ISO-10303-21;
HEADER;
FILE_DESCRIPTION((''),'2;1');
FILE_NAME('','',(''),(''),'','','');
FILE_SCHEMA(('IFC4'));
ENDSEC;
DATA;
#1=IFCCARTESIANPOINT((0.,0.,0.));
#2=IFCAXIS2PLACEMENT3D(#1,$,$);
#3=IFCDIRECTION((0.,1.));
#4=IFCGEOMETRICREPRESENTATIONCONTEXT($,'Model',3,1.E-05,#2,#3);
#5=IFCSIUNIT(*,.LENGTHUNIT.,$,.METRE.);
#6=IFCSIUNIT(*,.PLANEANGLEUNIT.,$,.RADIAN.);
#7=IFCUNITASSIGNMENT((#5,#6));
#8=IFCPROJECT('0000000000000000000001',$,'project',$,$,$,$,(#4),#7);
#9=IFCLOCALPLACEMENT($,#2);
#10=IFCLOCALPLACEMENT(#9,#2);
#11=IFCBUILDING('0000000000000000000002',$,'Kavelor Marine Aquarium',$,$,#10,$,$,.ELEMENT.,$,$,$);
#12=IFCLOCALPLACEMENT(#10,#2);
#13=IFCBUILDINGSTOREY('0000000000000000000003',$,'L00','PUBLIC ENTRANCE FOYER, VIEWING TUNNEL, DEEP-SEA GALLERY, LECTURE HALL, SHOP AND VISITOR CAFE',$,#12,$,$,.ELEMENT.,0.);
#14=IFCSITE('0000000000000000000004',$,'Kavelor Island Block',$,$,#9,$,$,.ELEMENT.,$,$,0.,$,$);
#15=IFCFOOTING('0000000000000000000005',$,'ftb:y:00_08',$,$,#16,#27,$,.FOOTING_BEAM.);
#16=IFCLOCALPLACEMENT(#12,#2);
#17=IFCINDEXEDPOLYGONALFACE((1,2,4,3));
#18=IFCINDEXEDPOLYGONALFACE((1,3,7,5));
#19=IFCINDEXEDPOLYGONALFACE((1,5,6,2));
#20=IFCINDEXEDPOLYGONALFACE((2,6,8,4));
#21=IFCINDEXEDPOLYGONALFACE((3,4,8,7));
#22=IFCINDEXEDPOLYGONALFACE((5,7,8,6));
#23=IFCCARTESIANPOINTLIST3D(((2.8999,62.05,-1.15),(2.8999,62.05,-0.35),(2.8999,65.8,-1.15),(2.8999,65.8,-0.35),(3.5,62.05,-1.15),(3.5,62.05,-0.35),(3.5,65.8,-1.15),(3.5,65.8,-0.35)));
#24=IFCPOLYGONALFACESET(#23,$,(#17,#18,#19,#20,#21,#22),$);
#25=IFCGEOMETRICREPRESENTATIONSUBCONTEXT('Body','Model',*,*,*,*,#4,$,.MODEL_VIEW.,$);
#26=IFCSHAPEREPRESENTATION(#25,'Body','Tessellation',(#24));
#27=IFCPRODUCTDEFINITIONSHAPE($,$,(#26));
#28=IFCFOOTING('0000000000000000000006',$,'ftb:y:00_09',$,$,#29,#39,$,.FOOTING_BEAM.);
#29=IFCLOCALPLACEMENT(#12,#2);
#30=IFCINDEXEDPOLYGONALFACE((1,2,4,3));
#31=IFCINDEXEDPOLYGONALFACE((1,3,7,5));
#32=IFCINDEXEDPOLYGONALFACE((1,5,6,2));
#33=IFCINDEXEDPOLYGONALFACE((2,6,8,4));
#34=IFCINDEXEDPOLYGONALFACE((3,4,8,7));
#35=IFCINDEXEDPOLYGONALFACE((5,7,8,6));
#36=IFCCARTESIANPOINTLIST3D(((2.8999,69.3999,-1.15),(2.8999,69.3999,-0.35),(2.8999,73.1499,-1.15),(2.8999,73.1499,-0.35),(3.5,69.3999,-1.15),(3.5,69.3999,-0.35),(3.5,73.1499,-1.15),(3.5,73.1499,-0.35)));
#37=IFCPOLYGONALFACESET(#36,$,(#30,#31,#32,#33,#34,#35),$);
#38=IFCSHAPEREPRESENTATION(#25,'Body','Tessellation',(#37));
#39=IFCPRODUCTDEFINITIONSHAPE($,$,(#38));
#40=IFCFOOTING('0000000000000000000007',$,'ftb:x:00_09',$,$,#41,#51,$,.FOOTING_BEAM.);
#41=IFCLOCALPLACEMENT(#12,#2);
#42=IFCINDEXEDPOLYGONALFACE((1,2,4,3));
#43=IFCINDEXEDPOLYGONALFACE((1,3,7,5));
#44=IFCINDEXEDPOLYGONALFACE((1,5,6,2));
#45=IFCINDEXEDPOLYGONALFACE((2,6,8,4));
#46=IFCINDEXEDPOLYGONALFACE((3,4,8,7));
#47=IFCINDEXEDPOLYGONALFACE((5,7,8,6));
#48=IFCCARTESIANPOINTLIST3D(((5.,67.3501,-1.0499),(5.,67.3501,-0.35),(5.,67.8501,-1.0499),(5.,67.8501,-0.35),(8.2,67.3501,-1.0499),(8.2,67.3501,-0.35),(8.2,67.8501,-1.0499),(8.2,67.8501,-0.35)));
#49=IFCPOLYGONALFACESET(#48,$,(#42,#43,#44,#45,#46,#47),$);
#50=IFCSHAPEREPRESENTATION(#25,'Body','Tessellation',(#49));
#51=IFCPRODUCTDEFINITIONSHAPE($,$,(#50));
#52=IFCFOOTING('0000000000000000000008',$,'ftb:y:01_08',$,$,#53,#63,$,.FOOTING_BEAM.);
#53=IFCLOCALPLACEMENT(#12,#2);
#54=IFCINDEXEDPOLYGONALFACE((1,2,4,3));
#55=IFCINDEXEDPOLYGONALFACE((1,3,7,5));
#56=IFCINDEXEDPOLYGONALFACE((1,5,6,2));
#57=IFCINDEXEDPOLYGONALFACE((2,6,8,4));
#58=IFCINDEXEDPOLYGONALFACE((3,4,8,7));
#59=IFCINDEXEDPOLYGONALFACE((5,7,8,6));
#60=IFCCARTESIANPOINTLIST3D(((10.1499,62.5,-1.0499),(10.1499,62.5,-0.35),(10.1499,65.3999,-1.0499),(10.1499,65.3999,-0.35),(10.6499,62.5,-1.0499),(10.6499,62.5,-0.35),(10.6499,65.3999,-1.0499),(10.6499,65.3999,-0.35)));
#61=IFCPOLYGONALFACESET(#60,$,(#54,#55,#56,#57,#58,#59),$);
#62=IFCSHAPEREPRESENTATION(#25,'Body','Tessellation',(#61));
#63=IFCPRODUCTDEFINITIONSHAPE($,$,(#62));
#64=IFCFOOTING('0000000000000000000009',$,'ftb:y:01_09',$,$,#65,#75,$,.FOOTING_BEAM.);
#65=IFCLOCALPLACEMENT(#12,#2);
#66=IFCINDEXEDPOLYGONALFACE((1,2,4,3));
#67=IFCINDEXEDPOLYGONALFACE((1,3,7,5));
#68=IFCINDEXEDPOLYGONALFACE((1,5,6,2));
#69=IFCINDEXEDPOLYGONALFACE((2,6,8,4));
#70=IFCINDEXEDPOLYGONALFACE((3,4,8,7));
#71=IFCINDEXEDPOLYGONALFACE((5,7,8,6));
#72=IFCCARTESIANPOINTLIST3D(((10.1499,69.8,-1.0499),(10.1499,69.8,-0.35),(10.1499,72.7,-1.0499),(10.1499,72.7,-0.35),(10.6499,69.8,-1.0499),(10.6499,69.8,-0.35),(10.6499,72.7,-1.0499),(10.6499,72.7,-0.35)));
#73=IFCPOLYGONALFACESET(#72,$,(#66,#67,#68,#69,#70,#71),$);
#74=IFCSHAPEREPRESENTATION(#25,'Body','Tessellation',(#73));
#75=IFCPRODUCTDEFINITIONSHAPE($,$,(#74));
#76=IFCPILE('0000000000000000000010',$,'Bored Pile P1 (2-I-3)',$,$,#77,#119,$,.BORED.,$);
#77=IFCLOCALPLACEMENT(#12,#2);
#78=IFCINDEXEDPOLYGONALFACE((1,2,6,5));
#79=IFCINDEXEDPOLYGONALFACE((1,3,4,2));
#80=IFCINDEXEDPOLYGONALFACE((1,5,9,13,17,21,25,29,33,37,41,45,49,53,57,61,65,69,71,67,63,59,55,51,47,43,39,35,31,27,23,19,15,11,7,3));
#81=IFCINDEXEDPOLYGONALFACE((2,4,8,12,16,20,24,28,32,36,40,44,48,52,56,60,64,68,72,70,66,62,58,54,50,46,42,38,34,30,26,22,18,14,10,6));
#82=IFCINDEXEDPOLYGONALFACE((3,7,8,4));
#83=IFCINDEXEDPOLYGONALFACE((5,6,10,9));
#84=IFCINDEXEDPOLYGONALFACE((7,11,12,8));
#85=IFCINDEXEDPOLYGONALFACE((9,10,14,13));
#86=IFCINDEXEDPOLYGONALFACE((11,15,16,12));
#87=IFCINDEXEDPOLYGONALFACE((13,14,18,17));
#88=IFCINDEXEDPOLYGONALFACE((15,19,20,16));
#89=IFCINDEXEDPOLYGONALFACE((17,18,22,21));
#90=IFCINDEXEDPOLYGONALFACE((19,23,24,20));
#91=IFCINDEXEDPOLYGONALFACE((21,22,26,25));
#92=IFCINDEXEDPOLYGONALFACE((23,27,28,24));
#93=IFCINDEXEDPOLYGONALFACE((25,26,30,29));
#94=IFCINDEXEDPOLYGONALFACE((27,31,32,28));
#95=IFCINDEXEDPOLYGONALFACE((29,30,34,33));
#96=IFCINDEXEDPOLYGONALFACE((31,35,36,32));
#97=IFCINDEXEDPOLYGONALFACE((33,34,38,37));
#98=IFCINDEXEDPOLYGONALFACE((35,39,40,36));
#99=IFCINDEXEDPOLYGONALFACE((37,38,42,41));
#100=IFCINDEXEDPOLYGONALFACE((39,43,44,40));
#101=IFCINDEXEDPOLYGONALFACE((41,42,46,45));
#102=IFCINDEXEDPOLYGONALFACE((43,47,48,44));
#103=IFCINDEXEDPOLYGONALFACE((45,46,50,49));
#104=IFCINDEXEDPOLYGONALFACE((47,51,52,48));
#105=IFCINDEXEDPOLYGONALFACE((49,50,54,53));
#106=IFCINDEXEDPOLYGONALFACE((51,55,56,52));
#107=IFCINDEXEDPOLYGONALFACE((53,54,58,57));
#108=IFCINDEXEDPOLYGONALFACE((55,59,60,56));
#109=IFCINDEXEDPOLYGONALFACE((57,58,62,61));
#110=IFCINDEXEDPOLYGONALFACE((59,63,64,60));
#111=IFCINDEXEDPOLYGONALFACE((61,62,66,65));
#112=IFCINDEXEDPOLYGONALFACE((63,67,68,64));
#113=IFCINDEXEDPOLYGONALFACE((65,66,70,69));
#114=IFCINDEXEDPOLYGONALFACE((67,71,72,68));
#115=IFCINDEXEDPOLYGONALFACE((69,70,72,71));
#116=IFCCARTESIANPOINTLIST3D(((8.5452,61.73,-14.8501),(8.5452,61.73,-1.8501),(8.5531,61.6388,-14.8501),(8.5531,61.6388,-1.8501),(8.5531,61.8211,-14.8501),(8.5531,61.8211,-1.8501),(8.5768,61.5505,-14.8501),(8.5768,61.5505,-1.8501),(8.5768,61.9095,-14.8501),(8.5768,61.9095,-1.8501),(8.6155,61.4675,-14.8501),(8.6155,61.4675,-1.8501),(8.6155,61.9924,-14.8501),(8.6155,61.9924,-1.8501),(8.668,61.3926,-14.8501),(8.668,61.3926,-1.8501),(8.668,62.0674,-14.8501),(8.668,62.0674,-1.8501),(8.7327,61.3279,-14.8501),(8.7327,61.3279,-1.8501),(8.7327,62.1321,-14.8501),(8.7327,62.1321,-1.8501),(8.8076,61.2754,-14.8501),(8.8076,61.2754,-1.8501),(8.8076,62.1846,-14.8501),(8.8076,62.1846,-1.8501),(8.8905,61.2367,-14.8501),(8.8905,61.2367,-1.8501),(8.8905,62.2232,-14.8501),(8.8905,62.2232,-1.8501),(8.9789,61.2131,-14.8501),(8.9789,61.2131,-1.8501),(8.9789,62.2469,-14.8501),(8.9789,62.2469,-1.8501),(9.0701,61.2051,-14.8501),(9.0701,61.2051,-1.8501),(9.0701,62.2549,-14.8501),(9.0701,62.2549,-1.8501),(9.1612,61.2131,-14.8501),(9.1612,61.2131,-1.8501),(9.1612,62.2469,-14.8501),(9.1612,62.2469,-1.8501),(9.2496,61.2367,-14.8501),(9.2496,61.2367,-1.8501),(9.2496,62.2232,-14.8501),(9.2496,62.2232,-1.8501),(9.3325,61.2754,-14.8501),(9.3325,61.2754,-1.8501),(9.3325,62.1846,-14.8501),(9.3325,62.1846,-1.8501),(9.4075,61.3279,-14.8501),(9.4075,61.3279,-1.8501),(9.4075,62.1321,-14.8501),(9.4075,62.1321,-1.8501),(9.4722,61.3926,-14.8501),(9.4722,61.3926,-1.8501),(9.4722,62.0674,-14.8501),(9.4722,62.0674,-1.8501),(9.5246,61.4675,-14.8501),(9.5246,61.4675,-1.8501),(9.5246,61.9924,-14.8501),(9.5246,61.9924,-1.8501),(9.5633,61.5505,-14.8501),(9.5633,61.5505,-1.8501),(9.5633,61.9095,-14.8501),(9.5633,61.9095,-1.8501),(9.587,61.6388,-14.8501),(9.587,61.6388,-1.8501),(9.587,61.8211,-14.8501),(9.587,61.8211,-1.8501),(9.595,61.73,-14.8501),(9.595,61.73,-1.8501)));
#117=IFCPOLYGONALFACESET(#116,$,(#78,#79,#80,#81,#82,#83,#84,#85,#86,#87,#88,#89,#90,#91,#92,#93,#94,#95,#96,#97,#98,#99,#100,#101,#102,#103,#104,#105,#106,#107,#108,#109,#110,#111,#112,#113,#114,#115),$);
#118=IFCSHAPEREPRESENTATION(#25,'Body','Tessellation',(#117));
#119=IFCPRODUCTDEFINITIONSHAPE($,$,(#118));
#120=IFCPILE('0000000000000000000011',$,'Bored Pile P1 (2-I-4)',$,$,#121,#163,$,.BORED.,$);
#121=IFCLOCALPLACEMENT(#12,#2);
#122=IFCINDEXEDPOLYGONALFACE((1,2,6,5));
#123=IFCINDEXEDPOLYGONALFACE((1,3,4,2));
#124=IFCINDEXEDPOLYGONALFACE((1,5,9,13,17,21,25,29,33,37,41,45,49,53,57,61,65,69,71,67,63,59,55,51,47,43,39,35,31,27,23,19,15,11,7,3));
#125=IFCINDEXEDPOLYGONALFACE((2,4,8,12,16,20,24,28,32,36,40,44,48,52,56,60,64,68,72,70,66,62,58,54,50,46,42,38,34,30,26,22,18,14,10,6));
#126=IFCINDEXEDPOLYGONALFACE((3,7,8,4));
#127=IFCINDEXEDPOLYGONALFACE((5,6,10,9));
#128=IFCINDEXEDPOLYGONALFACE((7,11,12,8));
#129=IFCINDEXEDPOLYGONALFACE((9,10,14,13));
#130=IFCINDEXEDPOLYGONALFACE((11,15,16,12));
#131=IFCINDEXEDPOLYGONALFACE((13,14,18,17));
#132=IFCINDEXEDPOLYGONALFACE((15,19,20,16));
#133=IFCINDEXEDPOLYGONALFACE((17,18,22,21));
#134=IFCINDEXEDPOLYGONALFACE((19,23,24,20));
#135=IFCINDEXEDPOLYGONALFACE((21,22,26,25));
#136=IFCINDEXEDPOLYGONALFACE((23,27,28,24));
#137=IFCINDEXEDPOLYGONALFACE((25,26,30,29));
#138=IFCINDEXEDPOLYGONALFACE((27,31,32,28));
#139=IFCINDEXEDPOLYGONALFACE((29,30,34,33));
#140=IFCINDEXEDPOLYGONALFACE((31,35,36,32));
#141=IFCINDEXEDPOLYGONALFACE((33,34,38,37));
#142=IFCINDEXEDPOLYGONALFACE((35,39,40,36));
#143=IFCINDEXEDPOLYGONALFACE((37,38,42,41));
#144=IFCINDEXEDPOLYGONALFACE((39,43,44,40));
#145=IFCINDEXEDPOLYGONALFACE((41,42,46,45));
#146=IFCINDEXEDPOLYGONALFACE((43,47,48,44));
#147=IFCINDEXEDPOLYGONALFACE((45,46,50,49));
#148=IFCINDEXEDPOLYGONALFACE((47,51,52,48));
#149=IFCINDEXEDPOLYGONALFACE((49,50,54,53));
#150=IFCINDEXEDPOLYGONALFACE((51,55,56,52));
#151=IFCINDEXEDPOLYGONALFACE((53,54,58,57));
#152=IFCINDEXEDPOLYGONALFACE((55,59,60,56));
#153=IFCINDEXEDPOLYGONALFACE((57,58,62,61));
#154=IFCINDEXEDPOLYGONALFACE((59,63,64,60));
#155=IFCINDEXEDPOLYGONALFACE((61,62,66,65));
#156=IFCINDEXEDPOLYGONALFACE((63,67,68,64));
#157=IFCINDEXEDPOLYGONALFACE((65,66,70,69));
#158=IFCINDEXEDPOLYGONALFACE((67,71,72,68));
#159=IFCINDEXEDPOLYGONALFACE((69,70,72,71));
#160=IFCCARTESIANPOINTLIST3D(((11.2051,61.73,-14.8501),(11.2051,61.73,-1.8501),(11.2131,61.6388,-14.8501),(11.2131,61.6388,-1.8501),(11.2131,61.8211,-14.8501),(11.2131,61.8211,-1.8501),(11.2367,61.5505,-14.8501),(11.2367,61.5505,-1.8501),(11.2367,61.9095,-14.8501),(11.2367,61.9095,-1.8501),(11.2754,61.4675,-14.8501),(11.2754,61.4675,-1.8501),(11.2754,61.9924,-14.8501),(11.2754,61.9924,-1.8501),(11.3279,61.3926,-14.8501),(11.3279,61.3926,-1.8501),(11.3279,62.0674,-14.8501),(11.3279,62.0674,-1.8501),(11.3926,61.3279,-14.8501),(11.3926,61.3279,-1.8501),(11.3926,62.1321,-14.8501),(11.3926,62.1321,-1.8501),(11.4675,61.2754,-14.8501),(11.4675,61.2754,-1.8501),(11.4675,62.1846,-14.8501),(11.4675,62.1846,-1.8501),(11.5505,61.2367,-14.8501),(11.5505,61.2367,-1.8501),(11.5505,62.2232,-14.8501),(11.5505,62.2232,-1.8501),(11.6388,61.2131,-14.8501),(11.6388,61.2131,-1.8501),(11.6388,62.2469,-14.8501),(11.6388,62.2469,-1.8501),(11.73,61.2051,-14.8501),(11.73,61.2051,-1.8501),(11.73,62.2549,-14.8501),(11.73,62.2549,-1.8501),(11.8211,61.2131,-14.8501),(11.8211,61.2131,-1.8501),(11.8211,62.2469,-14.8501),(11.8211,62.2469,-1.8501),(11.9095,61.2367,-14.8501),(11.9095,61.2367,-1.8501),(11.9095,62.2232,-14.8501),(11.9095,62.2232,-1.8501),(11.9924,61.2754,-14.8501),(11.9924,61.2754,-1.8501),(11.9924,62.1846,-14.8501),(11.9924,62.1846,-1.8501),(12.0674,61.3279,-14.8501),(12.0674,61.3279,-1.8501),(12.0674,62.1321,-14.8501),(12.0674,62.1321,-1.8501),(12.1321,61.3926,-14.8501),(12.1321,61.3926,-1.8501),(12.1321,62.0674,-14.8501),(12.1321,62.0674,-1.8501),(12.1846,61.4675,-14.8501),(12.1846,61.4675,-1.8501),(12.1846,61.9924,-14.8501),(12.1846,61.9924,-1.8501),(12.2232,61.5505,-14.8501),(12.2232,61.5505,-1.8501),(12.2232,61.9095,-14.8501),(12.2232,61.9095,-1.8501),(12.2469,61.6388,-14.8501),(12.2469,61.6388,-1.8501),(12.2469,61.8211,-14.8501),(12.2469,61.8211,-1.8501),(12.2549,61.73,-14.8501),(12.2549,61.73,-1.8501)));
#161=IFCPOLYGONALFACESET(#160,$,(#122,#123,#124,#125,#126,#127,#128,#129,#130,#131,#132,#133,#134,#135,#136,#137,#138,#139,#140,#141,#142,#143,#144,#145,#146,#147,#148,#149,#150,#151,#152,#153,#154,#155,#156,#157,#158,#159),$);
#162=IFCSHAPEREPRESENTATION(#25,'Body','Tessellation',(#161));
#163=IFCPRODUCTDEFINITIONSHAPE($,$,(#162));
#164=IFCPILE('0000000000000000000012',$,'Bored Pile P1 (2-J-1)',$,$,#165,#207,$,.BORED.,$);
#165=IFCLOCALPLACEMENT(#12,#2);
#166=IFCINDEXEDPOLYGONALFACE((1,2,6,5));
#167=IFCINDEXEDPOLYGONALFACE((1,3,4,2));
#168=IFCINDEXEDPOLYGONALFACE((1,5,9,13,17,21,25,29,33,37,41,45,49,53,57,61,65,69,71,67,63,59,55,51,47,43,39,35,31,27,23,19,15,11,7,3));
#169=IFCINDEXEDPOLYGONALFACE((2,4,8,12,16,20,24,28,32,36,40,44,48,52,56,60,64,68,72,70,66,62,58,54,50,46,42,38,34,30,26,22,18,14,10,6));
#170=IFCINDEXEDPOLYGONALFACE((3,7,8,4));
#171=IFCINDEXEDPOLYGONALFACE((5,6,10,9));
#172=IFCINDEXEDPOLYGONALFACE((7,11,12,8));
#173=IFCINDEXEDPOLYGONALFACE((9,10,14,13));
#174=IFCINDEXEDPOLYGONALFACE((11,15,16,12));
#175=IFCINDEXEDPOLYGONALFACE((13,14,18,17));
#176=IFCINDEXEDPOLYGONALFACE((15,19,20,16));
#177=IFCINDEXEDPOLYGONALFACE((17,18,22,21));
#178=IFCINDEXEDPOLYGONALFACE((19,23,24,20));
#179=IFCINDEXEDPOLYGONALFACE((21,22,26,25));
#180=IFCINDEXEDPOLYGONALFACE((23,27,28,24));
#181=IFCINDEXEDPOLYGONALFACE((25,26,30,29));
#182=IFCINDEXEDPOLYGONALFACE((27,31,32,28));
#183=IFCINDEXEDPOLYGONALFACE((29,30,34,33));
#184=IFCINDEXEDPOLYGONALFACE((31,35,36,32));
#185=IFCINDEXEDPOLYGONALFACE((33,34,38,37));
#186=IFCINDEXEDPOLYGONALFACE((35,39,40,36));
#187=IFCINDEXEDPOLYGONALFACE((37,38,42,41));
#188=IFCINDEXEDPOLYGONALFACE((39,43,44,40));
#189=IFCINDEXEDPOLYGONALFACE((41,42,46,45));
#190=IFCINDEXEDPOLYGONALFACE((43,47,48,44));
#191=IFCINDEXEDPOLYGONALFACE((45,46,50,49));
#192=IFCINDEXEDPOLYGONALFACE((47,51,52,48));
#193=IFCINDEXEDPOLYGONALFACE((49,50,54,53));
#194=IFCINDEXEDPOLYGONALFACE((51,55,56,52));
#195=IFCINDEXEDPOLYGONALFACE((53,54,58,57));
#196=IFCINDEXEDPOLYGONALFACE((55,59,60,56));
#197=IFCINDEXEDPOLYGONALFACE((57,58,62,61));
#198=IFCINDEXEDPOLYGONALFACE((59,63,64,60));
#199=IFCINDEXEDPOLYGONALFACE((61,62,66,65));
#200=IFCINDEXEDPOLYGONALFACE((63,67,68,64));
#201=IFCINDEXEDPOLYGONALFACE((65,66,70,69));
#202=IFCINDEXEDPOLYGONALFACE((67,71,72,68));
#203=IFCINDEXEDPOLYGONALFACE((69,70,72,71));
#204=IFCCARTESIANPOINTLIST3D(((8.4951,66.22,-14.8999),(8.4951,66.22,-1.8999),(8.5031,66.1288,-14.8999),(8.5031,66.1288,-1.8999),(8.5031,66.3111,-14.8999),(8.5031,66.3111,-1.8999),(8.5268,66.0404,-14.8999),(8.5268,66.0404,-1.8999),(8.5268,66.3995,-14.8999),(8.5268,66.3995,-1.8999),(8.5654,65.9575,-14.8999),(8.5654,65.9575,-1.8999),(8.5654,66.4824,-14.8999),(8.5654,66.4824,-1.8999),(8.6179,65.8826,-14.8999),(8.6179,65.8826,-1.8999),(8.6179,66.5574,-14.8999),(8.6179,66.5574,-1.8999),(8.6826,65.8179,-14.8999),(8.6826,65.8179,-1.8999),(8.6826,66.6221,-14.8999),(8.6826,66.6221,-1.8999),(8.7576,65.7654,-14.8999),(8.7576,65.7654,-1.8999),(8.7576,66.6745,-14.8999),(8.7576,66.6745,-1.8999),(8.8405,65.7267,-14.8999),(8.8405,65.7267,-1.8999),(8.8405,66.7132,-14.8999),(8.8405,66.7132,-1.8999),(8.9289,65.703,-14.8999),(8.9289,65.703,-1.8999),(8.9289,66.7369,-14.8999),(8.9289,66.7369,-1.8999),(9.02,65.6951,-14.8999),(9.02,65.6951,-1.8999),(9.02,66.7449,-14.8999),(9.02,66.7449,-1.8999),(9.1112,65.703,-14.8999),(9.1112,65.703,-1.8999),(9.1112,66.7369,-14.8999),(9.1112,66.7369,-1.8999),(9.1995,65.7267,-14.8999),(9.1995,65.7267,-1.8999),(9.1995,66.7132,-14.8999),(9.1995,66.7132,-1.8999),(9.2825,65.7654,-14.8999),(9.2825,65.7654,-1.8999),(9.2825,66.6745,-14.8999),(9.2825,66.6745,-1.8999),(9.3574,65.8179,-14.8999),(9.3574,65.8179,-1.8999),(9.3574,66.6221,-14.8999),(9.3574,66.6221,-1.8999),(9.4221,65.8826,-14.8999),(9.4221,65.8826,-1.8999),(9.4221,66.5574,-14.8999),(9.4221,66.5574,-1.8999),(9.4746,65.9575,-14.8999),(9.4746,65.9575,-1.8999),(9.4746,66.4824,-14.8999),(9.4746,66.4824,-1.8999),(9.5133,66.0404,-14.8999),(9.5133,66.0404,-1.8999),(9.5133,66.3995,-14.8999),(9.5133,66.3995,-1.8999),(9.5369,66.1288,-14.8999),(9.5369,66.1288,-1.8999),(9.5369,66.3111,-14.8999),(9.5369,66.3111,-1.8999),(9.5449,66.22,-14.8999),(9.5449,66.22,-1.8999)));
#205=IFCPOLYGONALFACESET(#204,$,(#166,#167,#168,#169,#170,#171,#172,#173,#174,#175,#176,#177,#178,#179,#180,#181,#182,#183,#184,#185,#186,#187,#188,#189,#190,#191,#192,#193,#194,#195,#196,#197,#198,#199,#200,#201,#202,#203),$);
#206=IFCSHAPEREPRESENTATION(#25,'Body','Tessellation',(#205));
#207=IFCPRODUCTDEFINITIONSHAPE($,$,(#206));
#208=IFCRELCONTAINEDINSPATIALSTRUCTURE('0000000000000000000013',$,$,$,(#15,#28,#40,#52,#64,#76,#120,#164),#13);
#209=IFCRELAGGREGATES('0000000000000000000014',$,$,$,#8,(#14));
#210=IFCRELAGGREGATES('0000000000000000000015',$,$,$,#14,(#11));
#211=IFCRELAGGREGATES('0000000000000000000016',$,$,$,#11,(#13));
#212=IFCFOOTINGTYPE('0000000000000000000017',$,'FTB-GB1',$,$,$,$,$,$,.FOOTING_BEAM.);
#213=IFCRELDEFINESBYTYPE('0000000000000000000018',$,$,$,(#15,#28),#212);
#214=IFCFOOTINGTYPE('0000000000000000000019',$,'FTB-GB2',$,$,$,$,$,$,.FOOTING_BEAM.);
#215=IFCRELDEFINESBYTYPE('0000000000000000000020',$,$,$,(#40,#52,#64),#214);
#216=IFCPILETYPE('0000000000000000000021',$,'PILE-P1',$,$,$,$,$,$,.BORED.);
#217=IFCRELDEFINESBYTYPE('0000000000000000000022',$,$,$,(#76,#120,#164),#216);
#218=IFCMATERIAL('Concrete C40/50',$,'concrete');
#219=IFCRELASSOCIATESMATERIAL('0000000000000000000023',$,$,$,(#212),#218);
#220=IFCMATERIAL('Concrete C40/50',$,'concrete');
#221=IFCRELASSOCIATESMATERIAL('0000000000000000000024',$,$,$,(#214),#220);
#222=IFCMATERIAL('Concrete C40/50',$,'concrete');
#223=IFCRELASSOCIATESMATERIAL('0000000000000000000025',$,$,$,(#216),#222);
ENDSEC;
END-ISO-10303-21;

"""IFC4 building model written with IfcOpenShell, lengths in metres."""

from ifc_helpers import new_model, si_unit, direction, frame, origin, origin_2d, place, context, subcontext, project, spatial, rectangle, circle, extrude, material, material_profile, profile_set, type_object, element, save


model = new_model("IFC4")

# Units and contexts
model_context = context("Model", 3, precision=1e-05, world=origin(), true_north=direction((0.0, 1.0)))
body_context = subcontext(model_context, "Body", "Model", "MODEL_VIEW")
ifc_project = project(units=[si_unit("LENGTHUNIT", "METRE"), si_unit("PLANEANGLEUNIT", "RADIAN")], contexts=[model_context])

# Site, building, storey
site_placement = place(None, origin())
site = spatial("IfcSite", under=ifc_project, at=site_placement, Name="Kavelor Island Block", CompositionType="ELEMENT", RefElevation=0.0)
building_placement = place(site_placement, origin())
building = spatial("IfcBuilding", under=site, at=building_placement, Name="Kavelor Marine Aquarium", CompositionType="ELEMENT")
storey_placement = place(building_placement, origin())
storey = spatial("IfcBuildingStorey", under=building, at=storey_placement, Name="L00", Description="PUBLIC ENTRANCE FOYER, VIEWING TUNNEL, DEEP-SEA GALLERY, LECTURE HALL, SHOP AND VISITOR CAFE", CompositionType="ELEMENT", Elevation=0.0)

# Footings
ifc_material_1 = material(Name="Concrete C40/50", Category="concrete")
ifc_material_profile_1 = material_profile(ifc_material_1, rectangle(XDim=0.6001, YDim=0.8, at=origin_2d()), Name="GB 600x800")
ifc_profile_set_1 = profile_set([ifc_material_profile_1], Name="Concrete C40/50")
footing_type_1 = type_object("IfcFootingType", Name="FTB-GB1", PredefinedType="FOOTING_BEAM", material=ifc_profile_set_1)
for number, where, z_axis, x_axis, name in (
    (1, (3.2, 62.05, -0.75), (0.0, 1.0, 0.0), (-1.0, 0.0, 0.0), "ftb:y:00_08"),
    (2, (3.2, 69.3999, -0.75), (0.0, 1.0, 0.0), (-1.0, 0.0, 0.0), "ftb:y:00_09"),
):
    element("IfcFooting", number, at=place(storey_placement, frame(where, z_axis=z_axis, x_axis=x_axis)), inside=storey, type_object=footing_type_1, Name=name, PredefinedType="FOOTING_BEAM", context=body_context, shape_type="SweptSolid", body=[
        extrude(rectangle(XDim=0.6001, YDim=0.8, at=origin_2d()), origin(), (0.0, 0.0, 1.0), 3.75),
    ])
ifc_material_2 = material(Name="Concrete C40/50", Category="concrete")
ifc_material_profile_2 = material_profile(ifc_material_2, rectangle(XDim=0.5, YDim=0.7, at=origin_2d()), Name="GB 500x700")
ifc_profile_set_2 = profile_set([ifc_material_profile_2], Name="Concrete C40/50")
footing_type_2 = type_object("IfcFootingType", Name="FTB-GB2", PredefinedType="FOOTING_BEAM", material=ifc_profile_set_2)
footing_placement = place(storey_placement, frame((5.0, 67.6001, -0.7), z_axis=(1.0, 0.0, 0.0), x_axis=(0.0, 1.0, 0.0)))
element("IfcFooting", 3, at=footing_placement, inside=storey, type_object=footing_type_2, Name="ftb:x:00_09", PredefinedType="FOOTING_BEAM", context=body_context, shape_type="SweptSolid", body=[
    extrude(rectangle(XDim=0.5, YDim=0.7, at=origin_2d()), origin(), (0.0, 0.0, 1.0), 3.2),
])
for number, where, z_axis, x_axis, name in (
    (4, (10.3999, 62.5, -0.7), (0.0, 1.0, 0.0), (-1.0, 0.0, 0.0), "ftb:y:01_08"),
    (5, (10.3999, 69.8, -0.7), (0.0, 1.0, 0.0), (-1.0, 0.0, 0.0), "ftb:y:01_09"),
):
    element("IfcFooting", number, at=place(storey_placement, frame(where, z_axis=z_axis, x_axis=x_axis)), inside=storey, type_object=footing_type_2, Name=name, PredefinedType="FOOTING_BEAM", context=body_context, shape_type="SweptSolid", body=[
        extrude(rectangle(XDim=0.5, YDim=0.7, at=origin_2d()), origin(), (0.0, 0.0, 1.0), 2.8999),
    ])

# Piles
ifc_material_3 = material(Name="Concrete C40/50", Category="concrete")
ifc_material_profile_3 = material_profile(ifc_material_3, circle(Radius=0.5249, at=origin_2d()), Name="PILE D1050")
ifc_profile_set_3 = profile_set([ifc_material_profile_3], Name="Concrete C40/50")
pile_type_1 = type_object("IfcPileType", Name="PILE-P1", PredefinedType="BORED", material=ifc_profile_set_3)
for number, where, z_axis, x_axis, name in (
    (6, (9.0701, 61.73, -1.8501), (0.0, 0.0, -1.0), (1.0, 0.0, 0.0), "Bored Pile P1 (2-I-3)"),
    (7, (11.73, 61.73, -1.8501), (0.0, 0.0, -1.0), (1.0, 0.0, 0.0), "Bored Pile P1 (2-I-4)"),
    (8, (9.02, 66.22, -1.8999), (0.0, 0.0, -1.0), (1.0, 0.0, 0.0), "Bored Pile P1 (2-J-1)"),
):
    element("IfcPile", number, at=place(storey_placement, frame(where, z_axis=z_axis, x_axis=x_axis)), inside=storey, type_object=pile_type_1, Name=name, PredefinedType="BORED", context=body_context, shape_type="SweptSolid", body=[
        extrude(circle(Radius=0.5249, at=origin_2d()), origin(), (0.0, 0.0, 1.0), 13.0),
    ])

save(model, "model.ifc")
